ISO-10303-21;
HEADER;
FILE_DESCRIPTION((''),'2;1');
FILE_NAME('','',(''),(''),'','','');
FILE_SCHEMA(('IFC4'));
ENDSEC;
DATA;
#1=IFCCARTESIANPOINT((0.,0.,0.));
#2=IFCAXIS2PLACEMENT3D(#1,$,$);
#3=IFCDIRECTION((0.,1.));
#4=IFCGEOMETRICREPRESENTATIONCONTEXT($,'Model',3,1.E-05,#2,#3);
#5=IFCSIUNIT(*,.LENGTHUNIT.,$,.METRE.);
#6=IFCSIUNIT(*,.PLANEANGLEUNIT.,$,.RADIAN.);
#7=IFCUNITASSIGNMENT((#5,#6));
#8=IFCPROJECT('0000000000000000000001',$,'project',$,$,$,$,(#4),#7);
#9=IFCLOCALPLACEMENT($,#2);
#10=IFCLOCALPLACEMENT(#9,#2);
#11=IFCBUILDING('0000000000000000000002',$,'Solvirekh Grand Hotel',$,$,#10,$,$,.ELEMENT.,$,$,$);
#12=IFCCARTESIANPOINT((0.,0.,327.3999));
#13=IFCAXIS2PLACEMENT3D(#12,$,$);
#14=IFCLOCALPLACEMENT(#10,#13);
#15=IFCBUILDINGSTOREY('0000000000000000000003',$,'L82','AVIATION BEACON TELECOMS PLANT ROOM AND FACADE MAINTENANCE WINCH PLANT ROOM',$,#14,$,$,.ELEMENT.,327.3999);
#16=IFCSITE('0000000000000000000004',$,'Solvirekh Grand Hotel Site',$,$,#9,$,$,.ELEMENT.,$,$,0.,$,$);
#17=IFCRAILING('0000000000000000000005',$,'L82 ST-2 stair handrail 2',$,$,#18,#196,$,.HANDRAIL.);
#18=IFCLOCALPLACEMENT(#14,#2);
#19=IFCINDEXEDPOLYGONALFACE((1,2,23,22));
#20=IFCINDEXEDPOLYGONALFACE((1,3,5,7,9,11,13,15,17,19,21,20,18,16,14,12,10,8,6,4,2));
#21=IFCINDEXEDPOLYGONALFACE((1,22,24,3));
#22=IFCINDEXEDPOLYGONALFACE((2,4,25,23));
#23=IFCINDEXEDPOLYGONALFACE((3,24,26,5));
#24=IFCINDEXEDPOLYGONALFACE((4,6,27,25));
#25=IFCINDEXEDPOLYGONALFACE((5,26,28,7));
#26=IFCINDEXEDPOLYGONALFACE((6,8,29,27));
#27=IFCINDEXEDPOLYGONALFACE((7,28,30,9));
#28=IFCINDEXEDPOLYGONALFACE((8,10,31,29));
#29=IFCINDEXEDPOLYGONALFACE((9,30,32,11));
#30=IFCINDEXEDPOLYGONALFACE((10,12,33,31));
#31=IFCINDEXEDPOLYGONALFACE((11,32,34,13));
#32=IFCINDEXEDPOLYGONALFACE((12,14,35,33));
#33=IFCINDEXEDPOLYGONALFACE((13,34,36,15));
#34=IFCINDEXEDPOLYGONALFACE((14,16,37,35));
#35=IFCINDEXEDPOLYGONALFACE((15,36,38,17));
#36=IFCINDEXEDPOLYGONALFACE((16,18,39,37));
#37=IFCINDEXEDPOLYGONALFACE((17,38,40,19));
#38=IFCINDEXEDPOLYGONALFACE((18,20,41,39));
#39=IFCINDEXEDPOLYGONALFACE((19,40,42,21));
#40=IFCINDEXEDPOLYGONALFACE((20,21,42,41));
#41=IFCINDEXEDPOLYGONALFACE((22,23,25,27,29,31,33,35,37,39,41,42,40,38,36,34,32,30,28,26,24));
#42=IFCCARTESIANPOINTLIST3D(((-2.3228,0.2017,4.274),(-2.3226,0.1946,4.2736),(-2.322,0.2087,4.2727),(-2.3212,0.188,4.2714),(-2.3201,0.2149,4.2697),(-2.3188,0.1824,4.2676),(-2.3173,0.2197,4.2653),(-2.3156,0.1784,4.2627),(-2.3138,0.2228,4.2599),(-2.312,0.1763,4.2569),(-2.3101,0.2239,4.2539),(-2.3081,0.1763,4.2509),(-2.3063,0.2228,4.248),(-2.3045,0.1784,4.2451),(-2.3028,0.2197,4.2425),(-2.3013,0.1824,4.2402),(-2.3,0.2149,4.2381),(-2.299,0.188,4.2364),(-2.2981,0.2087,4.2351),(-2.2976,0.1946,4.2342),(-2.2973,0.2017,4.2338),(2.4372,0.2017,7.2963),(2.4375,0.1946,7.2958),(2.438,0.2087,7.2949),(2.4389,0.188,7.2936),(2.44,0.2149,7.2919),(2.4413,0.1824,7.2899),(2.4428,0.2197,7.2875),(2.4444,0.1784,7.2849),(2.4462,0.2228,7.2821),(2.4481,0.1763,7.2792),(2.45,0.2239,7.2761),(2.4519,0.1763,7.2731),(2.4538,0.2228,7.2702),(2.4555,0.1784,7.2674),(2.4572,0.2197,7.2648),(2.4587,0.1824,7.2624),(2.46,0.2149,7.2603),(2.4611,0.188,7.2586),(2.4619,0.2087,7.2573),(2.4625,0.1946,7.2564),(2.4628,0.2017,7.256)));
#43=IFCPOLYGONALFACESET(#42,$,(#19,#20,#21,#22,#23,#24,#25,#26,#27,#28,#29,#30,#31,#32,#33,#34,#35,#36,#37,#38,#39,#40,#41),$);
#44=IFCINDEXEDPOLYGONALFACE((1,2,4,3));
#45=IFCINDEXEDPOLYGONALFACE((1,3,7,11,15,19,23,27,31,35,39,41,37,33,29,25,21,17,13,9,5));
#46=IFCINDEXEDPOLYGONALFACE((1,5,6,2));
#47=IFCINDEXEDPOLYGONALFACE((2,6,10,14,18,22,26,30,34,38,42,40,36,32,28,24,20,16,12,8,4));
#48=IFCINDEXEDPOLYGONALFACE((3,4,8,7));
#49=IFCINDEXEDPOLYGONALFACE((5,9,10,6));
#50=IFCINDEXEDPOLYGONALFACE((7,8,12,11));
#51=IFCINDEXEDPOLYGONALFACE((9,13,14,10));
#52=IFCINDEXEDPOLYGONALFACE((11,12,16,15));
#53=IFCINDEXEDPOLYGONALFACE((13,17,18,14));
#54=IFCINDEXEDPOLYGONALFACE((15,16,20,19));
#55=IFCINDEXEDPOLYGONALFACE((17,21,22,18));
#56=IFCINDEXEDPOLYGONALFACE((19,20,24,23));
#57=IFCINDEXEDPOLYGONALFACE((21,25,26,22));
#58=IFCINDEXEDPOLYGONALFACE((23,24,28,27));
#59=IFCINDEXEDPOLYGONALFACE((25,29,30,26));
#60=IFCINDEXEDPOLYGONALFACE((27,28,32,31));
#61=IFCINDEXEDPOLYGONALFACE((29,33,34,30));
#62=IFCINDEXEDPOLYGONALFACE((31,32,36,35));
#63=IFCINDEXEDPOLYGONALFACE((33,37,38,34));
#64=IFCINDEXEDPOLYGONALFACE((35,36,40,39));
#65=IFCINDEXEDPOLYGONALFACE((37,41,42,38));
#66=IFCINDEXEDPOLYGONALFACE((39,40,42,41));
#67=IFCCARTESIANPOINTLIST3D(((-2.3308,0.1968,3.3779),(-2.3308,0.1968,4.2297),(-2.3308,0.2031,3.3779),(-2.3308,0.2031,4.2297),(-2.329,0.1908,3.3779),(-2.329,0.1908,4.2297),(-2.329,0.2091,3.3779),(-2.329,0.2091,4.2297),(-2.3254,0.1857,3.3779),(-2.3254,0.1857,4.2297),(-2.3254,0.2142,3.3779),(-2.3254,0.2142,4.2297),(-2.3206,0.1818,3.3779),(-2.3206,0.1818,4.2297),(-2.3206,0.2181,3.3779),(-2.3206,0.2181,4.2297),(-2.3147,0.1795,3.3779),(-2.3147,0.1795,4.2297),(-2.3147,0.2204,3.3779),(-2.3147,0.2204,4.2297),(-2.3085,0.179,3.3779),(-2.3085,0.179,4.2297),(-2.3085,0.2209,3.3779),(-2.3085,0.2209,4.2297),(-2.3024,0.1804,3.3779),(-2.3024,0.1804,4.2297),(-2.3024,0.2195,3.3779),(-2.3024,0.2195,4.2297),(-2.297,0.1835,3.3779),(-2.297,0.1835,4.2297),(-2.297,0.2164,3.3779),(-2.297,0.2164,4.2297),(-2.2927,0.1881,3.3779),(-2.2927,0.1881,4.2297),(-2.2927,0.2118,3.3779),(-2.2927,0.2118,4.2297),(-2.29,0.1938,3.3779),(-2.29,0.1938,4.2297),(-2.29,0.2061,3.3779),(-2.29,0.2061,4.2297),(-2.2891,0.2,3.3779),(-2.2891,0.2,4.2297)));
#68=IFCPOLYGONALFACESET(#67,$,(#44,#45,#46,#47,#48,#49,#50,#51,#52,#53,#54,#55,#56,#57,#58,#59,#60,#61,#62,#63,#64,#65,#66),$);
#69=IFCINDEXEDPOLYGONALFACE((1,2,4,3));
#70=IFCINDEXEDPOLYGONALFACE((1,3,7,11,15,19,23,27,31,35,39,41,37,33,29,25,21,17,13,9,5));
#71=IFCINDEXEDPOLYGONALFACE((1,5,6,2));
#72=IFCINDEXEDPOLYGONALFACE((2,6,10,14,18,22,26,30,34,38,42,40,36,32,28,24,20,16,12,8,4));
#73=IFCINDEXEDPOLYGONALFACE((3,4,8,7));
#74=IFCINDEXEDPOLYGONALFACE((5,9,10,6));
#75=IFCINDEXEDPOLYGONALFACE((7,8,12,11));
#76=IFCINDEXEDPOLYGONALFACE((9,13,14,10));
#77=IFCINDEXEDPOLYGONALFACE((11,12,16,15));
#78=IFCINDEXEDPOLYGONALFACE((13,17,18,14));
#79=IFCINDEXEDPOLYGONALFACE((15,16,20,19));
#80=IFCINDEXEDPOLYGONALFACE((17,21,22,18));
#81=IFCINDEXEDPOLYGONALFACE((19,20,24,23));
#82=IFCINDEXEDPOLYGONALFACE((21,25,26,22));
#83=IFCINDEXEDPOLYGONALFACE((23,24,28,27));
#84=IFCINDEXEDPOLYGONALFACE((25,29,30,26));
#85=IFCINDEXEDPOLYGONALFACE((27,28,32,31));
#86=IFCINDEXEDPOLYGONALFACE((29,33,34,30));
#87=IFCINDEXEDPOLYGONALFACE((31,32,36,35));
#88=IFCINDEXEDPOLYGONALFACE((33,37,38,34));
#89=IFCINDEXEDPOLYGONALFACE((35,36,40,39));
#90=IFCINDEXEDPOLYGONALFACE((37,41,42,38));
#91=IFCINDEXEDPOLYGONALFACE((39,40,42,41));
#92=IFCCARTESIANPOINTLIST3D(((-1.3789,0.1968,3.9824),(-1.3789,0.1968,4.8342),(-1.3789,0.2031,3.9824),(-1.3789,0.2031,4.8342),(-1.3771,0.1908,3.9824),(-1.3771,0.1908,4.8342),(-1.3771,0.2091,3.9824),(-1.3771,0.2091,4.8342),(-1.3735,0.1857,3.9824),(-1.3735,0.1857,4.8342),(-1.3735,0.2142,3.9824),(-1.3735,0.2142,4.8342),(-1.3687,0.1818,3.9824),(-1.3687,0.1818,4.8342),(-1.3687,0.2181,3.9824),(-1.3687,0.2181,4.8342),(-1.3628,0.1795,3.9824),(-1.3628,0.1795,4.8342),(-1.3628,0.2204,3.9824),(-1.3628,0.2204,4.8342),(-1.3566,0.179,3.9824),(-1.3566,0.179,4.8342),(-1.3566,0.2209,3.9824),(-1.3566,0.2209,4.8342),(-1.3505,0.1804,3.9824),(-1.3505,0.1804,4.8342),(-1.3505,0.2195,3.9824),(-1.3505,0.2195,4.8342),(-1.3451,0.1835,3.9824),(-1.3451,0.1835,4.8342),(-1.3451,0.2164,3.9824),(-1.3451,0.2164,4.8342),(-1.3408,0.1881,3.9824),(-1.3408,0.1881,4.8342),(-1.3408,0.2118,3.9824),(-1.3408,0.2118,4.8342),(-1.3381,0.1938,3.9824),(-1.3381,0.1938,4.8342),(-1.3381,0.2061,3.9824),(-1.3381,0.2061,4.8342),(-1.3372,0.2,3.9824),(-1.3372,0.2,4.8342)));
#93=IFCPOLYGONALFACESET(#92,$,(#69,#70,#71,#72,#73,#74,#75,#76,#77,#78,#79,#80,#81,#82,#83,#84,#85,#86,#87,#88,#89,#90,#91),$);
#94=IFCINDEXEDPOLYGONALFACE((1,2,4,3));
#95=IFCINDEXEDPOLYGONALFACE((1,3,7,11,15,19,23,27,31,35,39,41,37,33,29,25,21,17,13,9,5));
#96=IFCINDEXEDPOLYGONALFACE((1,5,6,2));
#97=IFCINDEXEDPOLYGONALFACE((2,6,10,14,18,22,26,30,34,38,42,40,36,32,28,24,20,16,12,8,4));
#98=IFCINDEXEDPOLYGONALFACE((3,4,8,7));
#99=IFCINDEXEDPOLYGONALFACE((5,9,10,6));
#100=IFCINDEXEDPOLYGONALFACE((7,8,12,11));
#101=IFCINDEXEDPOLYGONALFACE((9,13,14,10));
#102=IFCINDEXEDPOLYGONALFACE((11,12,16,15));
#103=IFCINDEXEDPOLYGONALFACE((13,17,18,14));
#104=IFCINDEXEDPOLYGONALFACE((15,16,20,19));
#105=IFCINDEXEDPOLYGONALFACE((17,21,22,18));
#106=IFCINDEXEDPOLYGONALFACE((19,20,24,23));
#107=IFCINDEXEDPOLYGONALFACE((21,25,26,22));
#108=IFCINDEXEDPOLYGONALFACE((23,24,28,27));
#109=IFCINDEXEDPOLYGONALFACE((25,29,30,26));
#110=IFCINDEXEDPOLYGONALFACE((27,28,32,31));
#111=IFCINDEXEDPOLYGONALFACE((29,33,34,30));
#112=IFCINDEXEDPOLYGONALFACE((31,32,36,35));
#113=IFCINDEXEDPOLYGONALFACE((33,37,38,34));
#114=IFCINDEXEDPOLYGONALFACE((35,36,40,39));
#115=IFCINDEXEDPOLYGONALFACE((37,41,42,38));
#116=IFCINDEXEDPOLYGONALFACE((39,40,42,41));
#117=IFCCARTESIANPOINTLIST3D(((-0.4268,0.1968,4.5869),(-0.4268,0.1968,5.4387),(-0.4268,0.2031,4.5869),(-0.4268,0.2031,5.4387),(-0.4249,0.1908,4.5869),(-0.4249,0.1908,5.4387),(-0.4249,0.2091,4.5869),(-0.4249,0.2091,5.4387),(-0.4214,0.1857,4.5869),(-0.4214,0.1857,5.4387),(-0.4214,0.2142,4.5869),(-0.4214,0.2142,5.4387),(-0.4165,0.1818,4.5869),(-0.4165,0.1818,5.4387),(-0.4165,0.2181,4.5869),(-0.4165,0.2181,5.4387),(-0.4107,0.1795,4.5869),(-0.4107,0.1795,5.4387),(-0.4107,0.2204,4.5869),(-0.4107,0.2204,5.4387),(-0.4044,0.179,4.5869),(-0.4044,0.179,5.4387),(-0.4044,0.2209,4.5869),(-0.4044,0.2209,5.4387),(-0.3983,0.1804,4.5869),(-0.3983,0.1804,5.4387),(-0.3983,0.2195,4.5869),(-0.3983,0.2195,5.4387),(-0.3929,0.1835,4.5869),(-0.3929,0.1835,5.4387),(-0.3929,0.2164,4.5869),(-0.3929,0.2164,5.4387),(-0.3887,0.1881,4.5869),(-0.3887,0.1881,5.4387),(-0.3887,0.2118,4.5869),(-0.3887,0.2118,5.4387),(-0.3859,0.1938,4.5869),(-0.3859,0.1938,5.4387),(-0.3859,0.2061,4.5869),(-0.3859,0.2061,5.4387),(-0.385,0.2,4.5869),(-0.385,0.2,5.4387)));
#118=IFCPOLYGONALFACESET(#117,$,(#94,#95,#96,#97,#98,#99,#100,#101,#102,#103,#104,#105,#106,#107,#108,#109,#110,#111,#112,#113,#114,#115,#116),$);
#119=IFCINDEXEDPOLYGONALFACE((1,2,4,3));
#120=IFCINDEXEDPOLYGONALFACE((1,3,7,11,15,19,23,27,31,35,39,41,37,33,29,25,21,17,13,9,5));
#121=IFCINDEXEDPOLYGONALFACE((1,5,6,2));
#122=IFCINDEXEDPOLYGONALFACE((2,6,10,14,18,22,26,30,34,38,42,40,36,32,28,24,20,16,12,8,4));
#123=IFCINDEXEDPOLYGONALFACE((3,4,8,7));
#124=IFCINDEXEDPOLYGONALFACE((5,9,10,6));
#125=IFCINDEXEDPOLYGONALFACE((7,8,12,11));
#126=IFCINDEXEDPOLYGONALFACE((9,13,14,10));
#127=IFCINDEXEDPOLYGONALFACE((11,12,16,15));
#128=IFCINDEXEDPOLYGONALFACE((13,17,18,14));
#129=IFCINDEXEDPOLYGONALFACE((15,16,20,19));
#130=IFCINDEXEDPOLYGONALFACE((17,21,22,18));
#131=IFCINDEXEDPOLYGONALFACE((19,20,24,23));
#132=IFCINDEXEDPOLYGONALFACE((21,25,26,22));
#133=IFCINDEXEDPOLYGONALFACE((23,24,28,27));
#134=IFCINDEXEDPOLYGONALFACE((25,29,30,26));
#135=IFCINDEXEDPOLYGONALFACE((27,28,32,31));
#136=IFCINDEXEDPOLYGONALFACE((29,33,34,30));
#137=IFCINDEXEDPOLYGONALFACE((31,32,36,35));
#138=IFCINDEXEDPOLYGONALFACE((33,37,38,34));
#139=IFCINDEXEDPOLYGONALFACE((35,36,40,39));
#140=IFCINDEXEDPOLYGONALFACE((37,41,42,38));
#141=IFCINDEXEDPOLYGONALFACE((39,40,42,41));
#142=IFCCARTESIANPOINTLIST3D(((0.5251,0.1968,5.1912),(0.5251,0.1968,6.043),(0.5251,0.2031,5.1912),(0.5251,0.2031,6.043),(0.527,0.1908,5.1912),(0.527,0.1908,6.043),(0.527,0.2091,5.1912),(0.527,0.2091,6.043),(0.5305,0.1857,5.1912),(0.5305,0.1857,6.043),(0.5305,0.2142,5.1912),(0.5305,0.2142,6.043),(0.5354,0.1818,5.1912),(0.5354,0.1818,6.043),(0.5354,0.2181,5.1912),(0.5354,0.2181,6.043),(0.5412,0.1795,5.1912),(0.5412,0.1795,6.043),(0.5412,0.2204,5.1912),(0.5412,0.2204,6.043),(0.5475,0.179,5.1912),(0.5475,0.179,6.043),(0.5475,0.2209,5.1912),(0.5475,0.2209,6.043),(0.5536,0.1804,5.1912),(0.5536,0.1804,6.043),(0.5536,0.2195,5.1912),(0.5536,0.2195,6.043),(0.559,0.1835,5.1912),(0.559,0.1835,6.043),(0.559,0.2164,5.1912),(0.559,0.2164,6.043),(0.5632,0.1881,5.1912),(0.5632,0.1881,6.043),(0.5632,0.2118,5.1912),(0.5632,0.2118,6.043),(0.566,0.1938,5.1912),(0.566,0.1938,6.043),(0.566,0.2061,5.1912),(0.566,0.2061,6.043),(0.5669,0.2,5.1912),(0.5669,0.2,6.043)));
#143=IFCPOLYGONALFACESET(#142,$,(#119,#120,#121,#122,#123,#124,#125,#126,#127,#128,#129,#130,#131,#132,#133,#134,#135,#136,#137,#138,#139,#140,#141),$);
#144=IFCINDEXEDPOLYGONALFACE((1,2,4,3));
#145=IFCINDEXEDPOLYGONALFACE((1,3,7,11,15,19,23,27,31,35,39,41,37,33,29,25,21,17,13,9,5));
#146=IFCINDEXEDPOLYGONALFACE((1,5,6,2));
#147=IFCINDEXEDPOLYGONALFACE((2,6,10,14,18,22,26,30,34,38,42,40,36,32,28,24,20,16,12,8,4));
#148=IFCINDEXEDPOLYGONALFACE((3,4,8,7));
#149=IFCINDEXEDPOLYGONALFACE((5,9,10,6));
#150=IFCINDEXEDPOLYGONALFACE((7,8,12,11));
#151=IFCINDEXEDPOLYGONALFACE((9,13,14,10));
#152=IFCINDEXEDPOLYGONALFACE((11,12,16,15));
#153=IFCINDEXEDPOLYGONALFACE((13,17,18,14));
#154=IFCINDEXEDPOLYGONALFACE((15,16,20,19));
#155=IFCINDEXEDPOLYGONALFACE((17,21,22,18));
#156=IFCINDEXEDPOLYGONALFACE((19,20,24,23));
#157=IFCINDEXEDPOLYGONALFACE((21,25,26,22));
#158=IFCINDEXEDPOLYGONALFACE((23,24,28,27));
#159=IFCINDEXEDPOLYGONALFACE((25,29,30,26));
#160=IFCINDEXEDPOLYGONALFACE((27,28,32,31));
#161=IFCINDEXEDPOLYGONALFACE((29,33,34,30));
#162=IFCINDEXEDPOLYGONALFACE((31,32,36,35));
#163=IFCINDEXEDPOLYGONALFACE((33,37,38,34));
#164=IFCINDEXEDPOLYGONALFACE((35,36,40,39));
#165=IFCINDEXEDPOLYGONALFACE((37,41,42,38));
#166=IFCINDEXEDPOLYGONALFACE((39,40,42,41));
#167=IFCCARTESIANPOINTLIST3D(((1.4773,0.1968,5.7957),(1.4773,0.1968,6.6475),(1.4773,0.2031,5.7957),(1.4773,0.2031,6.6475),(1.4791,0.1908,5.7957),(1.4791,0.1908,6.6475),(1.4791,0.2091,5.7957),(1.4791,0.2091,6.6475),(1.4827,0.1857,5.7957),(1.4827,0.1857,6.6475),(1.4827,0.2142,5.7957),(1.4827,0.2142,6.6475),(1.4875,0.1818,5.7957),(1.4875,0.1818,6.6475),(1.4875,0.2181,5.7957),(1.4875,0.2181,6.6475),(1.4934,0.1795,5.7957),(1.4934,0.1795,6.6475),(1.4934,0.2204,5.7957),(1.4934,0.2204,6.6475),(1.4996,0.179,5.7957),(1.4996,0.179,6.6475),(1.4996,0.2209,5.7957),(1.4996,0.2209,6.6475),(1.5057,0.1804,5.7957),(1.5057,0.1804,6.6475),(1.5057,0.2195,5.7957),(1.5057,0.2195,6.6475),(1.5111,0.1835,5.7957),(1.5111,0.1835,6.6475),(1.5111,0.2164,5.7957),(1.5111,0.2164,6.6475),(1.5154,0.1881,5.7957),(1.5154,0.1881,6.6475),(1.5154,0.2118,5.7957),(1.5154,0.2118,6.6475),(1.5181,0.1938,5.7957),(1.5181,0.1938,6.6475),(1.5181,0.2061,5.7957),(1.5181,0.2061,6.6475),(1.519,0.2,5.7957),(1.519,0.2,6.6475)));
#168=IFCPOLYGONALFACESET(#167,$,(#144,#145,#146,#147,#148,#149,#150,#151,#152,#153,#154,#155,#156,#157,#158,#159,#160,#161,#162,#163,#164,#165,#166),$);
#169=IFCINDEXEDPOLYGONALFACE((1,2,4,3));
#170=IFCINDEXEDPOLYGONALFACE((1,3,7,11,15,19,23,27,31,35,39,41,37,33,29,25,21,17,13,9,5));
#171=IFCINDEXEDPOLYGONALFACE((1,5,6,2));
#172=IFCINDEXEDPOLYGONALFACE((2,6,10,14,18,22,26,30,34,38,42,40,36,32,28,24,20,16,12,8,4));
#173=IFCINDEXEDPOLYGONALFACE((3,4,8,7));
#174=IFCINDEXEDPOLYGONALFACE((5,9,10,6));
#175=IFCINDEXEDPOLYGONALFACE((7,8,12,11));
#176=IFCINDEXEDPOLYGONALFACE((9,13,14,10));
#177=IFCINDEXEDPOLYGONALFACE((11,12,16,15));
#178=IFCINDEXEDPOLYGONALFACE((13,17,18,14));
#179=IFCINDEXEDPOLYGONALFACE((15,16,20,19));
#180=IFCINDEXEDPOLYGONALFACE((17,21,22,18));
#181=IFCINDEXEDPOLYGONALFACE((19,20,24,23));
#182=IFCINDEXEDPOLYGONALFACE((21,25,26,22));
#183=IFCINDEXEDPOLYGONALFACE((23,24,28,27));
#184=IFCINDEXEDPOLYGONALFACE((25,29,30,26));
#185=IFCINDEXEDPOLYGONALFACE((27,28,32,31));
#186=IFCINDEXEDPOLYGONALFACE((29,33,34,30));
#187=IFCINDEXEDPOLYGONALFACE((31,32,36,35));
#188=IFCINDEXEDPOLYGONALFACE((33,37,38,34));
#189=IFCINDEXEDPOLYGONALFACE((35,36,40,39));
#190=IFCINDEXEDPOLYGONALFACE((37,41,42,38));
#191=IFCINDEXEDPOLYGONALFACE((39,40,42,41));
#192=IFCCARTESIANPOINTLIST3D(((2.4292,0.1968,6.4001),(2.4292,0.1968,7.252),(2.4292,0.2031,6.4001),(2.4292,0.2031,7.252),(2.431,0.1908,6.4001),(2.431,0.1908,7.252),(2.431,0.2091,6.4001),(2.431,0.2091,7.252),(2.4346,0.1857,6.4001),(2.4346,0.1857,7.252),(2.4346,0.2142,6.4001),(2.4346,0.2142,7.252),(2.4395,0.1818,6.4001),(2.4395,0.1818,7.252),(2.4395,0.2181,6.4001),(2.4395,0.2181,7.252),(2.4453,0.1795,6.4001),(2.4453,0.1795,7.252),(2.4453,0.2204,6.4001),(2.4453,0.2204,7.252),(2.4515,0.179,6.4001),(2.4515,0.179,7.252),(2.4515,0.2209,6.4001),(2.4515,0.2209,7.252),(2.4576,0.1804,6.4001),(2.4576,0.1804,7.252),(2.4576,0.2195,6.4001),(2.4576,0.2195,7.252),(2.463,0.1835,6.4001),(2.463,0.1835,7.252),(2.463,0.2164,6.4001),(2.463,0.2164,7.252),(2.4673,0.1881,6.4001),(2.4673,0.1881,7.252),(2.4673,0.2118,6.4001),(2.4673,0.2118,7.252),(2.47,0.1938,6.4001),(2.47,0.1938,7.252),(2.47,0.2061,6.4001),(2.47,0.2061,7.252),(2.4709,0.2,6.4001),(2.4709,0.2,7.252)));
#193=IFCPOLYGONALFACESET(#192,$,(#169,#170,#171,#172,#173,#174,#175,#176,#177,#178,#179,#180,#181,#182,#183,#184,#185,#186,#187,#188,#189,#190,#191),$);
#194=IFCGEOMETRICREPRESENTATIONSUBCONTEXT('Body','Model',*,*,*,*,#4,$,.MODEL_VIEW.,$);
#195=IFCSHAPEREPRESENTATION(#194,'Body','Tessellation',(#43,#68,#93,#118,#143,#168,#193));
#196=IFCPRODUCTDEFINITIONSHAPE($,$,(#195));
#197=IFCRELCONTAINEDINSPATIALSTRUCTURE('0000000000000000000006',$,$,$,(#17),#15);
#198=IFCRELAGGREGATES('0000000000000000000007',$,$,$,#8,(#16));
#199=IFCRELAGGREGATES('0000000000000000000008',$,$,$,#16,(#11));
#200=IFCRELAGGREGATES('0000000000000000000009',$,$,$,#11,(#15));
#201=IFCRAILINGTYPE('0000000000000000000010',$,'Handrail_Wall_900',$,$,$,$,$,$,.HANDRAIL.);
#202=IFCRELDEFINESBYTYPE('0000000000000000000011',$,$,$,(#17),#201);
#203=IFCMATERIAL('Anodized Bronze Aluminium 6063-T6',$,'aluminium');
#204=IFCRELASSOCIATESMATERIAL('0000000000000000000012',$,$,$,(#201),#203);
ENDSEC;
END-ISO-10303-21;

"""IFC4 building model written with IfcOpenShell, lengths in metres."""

from ifc_helpers import new_model, si_unit, direction, frame, origin, origin_2d, place, context, subcontext, project, spatial, circle, extrude, material, type_object, element, save


model = new_model("IFC4")

# Units and contexts
model_context = context("Model", 3, precision=1e-05, world=origin(), true_north=direction((0.0, 1.0)))
body_context = subcontext(model_context, "Body", "Model", "MODEL_VIEW")
ifc_project = project(units=[si_unit("LENGTHUNIT", "METRE"), si_unit("PLANEANGLEUNIT", "RADIAN")], contexts=[model_context])

# Site, building, storey
site_placement = place(None, origin())
site = spatial("IfcSite", under=ifc_project, at=site_placement, Name="Solvirekh Grand Hotel Site", CompositionType="ELEMENT", RefElevation=0.0)
building_placement = place(site_placement, origin())
building = spatial("IfcBuilding", under=site, at=building_placement, Name="Solvirekh Grand Hotel", CompositionType="ELEMENT")
storey_placement = place(building_placement, frame((0.0, 0.0, 327.3999)))
storey = spatial("IfcBuildingStorey", under=building, at=storey_placement, Name="L82", Description="AVIATION BEACON TELECOMS PLANT ROOM AND FACADE MAINTENANCE WINCH PLANT ROOM", CompositionType="ELEMENT", Elevation=327.3999)

# Shared definitions
ifc_material_1 = material(Name="Anodized Bronze Aluminium 6063-T6", Category="aluminium")

# Railing
railing_type_1 = type_object("IfcRailingType", Name="Handrail_Wall_900", PredefinedType="HANDRAIL", material=ifc_material_1)
railing_1_placement = place(storey_placement, frame((-2.3101, 0.2, 3.3779)))
element("IfcRailing", 1, at=railing_1_placement, inside=storey, type_object=railing_type_1, Name="L82 ST-2 stair handrail 2", PredefinedType="HANDRAIL", context=body_context, shape_type="SweptSolid", body=[
    extrude(circle(Radius=0.0239, at=origin_2d()), frame((0.0, 0.0, 0.876), z_axis=(0.844214, 0.0, 0.536007), x_axis=(0.0, 1.0, 0.0)), (0.0, 0.0, 1.0), 5.6384),
    extrude(circle(Radius=0.021, at=origin_2d()), origin(), (0.0, 0.0, 1.0), 0.8518),
    extrude(circle(Radius=0.021, at=origin_2d()), frame((0.9519, 0.0, 0.6045)), (0.0, 0.0, 1.0), 0.8518),
    extrude(circle(Radius=0.021, at=origin_2d()), frame((1.9041, 0.0, 1.209)), (0.0, 0.0, 1.0), 0.8518),
    extrude(circle(Radius=0.021, at=origin_2d()), frame((2.856, 0.0, 1.8132)), (0.0, 0.0, 1.0), 0.8518),
    extrude(circle(Radius=0.021, at=origin_2d()), frame((3.8081, 0.0, 2.4177)), (0.0, 0.0, 1.0), 0.8518),
    extrude(circle(Radius=0.021, at=origin_2d()), frame((4.76, 0.0, 3.0222)), (0.0, 0.0, 1.0), 0.8518),
])

save(model, "model.ifc")
